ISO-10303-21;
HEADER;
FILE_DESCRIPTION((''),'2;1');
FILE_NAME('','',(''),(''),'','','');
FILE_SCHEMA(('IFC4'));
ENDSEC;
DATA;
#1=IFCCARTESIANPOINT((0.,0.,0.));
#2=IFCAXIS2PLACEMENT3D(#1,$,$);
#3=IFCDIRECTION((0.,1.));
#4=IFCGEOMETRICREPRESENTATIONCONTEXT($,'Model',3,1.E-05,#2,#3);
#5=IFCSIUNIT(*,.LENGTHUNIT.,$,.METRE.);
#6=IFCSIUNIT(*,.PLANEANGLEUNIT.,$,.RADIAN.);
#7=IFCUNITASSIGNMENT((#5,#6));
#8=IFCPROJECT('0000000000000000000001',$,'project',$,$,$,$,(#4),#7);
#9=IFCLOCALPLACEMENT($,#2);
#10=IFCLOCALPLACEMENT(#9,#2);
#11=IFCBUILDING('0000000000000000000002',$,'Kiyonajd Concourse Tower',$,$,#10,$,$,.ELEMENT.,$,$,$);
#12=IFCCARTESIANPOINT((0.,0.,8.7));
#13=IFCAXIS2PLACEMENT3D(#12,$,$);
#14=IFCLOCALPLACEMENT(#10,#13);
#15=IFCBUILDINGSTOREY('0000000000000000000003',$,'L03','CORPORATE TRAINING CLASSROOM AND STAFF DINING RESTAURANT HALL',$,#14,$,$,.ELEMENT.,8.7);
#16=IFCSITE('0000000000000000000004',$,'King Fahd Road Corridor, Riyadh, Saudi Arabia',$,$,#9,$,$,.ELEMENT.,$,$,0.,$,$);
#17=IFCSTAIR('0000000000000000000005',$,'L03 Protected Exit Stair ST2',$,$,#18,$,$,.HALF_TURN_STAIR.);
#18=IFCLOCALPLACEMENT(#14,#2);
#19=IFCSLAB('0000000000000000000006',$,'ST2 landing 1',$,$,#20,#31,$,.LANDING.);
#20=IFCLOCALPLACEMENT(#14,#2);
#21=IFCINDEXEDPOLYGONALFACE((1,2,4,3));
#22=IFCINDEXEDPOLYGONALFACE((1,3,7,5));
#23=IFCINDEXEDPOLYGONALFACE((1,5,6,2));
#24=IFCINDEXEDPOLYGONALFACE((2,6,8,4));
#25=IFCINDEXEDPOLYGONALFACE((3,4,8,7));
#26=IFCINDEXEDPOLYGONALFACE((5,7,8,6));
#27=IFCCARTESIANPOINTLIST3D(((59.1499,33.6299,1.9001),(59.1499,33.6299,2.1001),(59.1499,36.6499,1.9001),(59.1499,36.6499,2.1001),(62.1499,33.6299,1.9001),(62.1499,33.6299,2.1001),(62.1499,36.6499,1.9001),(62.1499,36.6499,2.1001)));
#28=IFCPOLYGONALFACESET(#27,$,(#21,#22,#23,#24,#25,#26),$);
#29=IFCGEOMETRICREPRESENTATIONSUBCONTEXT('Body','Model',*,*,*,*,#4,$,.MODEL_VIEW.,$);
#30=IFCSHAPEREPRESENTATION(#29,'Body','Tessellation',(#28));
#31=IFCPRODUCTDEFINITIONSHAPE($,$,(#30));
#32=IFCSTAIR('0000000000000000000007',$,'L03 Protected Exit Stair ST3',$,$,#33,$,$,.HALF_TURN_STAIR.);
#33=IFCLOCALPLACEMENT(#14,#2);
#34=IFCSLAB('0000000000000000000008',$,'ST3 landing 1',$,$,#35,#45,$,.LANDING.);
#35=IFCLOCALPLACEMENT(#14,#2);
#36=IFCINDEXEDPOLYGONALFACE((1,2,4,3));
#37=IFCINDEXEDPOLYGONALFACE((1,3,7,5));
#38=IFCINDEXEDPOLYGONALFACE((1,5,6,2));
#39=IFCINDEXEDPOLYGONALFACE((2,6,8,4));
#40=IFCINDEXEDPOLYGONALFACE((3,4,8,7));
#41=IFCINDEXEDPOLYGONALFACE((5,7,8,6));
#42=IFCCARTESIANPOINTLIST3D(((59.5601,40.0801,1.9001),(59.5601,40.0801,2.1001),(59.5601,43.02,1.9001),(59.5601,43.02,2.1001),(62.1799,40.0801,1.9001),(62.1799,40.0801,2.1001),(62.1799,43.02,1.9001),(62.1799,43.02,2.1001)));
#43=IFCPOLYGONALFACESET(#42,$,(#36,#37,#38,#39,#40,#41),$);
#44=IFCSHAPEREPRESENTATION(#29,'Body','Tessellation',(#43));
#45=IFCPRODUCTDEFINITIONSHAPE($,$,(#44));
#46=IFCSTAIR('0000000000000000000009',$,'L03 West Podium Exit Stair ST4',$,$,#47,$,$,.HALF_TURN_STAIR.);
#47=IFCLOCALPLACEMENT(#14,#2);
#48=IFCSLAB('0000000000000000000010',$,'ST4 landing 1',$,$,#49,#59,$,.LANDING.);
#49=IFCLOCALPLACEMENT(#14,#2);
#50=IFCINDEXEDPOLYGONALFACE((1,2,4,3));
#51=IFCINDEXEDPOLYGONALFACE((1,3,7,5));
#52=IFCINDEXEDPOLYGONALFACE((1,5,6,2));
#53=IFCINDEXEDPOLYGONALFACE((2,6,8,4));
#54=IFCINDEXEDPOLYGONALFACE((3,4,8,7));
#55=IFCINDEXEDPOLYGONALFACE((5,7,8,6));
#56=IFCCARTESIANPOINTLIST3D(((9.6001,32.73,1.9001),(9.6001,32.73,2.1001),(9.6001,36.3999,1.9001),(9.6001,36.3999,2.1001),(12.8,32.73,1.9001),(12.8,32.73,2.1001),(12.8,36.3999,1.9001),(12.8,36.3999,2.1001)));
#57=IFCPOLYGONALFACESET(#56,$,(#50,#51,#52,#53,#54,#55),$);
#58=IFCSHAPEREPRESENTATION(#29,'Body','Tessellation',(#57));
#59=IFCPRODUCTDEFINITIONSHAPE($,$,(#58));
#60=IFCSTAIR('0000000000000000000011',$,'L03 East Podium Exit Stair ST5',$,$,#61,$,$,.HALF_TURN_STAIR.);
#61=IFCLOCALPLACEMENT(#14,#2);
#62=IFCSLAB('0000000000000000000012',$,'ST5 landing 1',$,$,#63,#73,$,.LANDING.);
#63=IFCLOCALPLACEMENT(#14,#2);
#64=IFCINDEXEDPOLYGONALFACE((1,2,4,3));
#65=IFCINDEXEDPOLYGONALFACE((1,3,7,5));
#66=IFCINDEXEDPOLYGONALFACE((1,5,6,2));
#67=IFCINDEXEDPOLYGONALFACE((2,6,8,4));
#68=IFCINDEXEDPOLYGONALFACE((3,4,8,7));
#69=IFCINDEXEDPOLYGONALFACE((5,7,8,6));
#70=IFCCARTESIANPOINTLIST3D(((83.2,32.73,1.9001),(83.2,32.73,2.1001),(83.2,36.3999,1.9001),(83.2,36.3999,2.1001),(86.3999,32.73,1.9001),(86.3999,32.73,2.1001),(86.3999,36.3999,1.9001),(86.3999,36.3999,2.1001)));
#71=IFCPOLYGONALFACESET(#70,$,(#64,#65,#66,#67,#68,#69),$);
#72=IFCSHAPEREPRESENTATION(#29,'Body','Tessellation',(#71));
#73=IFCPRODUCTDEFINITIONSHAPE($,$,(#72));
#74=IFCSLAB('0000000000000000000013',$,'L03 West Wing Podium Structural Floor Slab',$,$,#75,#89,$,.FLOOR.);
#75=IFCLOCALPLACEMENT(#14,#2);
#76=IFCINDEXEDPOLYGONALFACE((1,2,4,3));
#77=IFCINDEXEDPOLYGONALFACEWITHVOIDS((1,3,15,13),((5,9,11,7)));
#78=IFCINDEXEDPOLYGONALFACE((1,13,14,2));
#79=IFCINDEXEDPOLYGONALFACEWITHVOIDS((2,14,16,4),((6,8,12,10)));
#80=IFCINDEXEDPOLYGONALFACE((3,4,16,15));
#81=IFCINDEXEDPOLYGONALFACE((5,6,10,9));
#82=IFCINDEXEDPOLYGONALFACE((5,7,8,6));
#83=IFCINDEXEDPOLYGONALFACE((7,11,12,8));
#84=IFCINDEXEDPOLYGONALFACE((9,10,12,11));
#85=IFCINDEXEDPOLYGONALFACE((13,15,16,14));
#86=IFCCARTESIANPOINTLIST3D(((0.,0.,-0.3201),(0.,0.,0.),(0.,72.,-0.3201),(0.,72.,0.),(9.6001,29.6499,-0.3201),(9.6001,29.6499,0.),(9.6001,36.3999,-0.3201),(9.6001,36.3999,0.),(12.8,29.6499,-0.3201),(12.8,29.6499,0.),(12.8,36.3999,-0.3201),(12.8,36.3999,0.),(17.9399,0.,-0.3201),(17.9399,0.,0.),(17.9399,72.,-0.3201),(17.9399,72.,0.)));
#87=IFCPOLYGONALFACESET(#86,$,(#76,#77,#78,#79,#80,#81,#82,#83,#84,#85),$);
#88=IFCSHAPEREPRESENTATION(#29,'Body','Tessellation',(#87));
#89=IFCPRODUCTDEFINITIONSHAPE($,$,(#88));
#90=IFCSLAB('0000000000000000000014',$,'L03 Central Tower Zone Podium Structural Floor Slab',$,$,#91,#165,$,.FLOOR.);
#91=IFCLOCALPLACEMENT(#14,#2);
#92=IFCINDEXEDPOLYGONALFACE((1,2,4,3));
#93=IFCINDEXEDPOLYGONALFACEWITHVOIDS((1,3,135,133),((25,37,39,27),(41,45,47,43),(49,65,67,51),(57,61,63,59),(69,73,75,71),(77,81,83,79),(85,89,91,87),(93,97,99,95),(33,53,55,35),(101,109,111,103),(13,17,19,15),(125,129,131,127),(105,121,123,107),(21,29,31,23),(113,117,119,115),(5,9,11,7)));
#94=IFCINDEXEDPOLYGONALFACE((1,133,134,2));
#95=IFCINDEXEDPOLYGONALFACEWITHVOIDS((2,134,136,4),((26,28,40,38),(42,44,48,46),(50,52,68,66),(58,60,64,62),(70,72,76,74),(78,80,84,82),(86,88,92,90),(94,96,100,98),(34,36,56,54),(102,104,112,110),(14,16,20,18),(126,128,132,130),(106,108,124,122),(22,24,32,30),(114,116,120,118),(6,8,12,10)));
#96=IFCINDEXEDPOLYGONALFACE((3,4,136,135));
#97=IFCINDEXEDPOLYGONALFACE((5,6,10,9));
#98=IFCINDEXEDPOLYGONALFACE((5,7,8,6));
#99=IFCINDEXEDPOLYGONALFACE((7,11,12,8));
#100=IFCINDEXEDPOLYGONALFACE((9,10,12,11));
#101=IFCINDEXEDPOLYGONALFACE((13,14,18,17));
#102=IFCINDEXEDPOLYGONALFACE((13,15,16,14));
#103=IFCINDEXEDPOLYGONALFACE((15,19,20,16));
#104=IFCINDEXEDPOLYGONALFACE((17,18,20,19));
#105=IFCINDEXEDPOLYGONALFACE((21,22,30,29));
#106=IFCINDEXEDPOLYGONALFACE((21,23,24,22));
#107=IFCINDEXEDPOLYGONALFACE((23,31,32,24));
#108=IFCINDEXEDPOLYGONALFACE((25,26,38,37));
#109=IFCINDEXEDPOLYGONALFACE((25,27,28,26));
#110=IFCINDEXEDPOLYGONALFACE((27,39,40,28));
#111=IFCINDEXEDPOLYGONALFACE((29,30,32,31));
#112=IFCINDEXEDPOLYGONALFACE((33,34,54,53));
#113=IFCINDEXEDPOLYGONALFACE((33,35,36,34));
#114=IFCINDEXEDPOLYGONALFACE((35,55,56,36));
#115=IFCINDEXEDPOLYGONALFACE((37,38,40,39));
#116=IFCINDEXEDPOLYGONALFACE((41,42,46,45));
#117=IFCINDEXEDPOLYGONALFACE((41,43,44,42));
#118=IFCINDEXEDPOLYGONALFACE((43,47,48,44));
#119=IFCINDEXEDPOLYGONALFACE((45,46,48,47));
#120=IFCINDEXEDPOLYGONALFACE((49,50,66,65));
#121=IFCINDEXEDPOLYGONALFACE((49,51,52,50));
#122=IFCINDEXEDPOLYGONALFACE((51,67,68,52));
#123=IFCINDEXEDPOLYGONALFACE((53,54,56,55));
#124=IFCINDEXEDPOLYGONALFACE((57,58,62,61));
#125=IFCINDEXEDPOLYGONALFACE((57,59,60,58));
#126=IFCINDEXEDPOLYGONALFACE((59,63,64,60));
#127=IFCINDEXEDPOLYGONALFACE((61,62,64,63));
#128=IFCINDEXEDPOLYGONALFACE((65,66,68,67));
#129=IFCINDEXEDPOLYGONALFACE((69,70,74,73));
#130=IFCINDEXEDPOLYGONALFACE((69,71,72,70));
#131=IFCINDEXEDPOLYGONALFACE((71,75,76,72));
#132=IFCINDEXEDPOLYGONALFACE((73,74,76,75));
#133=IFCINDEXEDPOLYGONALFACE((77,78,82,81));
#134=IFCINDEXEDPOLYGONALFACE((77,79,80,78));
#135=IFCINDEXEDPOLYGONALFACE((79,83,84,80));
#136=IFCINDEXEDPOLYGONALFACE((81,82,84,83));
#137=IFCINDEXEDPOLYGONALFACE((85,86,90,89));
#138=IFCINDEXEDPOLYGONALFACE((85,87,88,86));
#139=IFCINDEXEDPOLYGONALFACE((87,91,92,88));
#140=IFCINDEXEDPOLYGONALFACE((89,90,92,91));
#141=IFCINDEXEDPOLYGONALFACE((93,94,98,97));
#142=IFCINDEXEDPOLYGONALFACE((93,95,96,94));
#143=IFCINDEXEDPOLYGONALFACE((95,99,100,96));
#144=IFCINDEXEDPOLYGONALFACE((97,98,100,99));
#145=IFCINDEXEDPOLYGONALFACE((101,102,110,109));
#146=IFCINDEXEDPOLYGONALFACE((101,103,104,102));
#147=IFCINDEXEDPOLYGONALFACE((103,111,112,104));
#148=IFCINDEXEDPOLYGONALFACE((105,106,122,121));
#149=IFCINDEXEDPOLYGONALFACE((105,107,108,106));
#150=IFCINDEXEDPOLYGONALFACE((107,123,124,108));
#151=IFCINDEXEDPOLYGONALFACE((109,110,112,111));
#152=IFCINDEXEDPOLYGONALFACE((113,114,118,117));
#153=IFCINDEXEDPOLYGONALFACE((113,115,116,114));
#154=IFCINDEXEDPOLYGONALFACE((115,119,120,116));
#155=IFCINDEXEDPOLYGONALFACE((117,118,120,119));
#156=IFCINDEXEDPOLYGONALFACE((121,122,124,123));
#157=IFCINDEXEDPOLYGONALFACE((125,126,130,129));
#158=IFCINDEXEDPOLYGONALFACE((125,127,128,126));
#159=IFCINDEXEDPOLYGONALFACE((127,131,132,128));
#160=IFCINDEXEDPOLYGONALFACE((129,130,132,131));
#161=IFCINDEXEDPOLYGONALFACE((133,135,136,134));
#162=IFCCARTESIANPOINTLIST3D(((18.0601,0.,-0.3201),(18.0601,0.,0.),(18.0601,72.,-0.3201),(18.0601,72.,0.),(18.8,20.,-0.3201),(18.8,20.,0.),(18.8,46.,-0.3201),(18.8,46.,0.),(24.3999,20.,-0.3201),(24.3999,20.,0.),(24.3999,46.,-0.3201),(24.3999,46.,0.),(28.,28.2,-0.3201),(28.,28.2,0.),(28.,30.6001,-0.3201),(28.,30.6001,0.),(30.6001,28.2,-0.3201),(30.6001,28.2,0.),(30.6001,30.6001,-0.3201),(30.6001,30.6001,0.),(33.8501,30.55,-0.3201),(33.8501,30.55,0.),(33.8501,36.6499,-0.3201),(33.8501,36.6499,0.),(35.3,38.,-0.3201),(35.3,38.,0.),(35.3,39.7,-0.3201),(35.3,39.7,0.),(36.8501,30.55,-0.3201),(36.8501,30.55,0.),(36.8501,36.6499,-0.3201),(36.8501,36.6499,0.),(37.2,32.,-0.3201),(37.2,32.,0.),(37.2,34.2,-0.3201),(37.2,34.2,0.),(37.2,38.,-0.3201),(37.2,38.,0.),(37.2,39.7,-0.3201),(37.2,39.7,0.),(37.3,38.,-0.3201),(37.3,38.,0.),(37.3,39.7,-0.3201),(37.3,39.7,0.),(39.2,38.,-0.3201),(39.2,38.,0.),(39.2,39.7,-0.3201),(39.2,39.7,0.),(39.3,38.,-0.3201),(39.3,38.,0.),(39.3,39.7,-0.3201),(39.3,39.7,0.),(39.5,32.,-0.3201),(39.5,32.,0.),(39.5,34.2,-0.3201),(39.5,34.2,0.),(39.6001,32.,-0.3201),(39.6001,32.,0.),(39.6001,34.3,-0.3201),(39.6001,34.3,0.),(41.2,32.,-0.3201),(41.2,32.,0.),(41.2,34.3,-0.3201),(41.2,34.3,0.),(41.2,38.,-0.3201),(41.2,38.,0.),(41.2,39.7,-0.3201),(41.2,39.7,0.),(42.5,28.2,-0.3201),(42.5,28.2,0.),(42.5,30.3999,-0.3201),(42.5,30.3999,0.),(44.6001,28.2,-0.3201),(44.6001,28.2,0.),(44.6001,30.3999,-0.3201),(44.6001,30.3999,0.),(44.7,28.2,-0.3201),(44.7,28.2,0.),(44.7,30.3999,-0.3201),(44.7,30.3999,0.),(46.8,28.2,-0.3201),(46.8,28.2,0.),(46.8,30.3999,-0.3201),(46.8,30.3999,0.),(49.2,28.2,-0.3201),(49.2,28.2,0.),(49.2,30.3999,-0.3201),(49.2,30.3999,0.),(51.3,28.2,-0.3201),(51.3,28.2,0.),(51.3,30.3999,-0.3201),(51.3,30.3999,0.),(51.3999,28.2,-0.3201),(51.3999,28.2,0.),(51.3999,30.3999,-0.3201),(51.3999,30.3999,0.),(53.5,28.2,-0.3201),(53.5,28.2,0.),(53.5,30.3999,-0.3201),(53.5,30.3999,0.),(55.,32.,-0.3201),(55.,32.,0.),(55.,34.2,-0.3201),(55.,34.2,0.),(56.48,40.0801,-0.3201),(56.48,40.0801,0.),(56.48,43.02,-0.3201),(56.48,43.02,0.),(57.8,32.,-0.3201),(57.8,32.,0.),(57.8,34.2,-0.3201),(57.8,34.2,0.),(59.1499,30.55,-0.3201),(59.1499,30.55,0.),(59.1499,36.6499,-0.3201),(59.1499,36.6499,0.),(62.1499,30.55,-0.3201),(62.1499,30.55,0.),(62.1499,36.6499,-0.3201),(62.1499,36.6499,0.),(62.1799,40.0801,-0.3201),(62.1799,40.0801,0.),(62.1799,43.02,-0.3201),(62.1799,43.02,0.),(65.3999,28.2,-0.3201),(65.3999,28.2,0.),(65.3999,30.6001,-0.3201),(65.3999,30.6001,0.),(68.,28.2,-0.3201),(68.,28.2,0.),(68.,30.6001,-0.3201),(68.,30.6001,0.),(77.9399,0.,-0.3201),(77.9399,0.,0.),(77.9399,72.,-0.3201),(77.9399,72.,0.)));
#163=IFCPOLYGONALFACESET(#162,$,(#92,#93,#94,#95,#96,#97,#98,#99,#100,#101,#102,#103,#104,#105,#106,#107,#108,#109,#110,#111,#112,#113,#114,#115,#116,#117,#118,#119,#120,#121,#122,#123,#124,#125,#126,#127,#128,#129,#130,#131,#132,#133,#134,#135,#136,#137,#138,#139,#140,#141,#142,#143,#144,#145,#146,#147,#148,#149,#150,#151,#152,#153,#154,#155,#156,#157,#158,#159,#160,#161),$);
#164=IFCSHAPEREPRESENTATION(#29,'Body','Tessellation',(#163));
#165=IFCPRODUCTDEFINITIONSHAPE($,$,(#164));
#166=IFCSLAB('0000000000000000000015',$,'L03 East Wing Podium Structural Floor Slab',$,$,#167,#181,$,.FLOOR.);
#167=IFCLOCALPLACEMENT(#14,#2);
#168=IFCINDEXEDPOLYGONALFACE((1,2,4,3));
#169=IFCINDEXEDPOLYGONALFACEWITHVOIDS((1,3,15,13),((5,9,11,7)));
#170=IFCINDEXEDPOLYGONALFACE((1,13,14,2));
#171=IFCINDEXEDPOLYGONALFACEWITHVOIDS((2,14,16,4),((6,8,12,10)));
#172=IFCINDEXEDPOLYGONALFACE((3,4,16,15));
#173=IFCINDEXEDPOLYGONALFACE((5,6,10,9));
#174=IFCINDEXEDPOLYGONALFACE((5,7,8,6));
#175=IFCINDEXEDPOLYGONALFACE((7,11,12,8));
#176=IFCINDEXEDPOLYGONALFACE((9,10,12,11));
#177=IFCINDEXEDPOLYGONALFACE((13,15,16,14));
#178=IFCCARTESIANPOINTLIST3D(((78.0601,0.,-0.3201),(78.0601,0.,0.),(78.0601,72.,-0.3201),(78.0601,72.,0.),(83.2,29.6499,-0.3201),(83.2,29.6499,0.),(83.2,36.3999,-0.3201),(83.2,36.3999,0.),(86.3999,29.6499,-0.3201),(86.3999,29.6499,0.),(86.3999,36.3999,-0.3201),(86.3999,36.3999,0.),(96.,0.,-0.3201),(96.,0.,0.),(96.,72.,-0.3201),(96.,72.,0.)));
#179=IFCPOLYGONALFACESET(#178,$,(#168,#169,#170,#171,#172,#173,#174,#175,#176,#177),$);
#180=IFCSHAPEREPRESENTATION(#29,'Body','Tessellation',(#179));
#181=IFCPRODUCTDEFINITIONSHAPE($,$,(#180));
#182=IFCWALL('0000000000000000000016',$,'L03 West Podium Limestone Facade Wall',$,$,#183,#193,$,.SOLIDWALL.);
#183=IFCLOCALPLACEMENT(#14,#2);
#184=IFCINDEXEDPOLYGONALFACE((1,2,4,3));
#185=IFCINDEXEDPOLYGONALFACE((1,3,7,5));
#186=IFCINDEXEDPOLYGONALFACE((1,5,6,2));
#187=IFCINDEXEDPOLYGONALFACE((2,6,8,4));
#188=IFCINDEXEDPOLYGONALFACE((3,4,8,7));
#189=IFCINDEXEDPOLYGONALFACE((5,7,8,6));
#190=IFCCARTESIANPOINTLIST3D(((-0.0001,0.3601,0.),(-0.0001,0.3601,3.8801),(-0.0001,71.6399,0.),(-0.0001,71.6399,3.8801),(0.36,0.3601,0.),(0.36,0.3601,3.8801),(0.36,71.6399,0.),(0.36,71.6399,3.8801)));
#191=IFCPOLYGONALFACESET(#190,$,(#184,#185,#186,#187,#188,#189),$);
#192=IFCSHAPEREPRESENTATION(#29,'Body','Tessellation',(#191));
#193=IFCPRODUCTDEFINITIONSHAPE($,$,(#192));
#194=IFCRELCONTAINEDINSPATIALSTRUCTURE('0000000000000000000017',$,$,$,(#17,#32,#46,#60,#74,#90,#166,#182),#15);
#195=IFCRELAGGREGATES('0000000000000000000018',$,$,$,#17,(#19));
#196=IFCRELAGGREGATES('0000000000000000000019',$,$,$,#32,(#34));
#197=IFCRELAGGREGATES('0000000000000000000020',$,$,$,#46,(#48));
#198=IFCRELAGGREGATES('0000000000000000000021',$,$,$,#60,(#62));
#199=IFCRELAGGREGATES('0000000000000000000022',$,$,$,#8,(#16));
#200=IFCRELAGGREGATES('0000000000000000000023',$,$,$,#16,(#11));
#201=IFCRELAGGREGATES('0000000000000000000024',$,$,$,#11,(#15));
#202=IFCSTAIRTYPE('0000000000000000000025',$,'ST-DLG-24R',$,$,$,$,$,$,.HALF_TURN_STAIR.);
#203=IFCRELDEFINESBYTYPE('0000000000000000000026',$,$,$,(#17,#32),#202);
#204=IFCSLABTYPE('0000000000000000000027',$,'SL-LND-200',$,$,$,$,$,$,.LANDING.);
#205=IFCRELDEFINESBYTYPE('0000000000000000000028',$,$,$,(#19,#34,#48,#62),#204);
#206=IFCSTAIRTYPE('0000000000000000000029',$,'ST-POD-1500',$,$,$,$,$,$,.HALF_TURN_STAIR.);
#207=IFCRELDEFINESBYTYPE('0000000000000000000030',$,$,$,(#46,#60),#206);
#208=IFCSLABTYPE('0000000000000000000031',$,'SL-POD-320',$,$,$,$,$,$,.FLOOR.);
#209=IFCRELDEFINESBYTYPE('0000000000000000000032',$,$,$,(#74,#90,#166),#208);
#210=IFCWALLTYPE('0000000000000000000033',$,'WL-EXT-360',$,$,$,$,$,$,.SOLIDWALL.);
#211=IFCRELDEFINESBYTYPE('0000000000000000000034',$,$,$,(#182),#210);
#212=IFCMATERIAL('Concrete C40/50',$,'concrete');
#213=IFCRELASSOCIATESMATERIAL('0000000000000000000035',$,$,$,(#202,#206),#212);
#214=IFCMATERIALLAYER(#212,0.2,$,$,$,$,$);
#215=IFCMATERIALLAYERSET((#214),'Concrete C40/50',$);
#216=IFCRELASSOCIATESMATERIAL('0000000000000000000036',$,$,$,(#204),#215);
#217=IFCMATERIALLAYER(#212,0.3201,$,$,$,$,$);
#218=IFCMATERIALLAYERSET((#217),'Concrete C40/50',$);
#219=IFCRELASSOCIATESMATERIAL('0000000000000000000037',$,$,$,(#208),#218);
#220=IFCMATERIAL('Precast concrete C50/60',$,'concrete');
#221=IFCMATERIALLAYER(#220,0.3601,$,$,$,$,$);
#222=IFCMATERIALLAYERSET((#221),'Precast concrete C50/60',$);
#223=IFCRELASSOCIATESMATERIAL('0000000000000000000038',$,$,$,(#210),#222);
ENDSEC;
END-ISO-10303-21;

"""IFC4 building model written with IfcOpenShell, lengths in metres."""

from ifc_helpers import new_model, si_unit, direction, frame, frame_2d, origin, place, context, subcontext, project, spatial, polyline, rectangle, outline, extrude, material, layer, layer_set, type_object, element, aggregate, save


model = new_model("IFC4")

# Units and contexts
model_context = context("Model", 3, precision=1e-05, world=origin(), true_north=direction((0.0, 1.0)))
body_context = subcontext(model_context, "Body", "Model", "MODEL_VIEW")
ifc_project = project(units=[si_unit("LENGTHUNIT", "METRE"), si_unit("PLANEANGLEUNIT", "RADIAN")], contexts=[model_context])

# Site, building, storey
site_placement = place(None, origin())
site = spatial("IfcSite", under=ifc_project, at=site_placement, Name="King Fahd Road Corridor, Riyadh, Saudi Arabia", CompositionType="ELEMENT", RefElevation=0.0)
building_placement = place(site_placement, origin())
building = spatial("IfcBuilding", under=site, at=building_placement, Name="Kiyonajd Concourse Tower", CompositionType="ELEMENT")
storey_placement = place(building_placement, frame((0.0, 0.0, 8.7)))
storey = spatial("IfcBuildingStorey", under=building, at=storey_placement, Name="L03", Description="CORPORATE TRAINING CLASSROOM AND STAFF DINING RESTAURANT HALL", CompositionType="ELEMENT", Elevation=8.7)

# Stairs, slabs
ifc_material_1 = material(Name="Concrete C40/50", Category="concrete")
stair_type_1 = type_object("IfcStairType", Name="ST-DLG-24R", PredefinedType="HALF_TURN_STAIR", material=ifc_material_1)
ifc_layer_1 = layer(ifc_material_1, 0.2)
ifc_layer_set_1 = layer_set([ifc_layer_1], Name="Concrete C40/50")
slab_type_1 = type_object("IfcSlabType", Name="SL-LND-200", PredefinedType="LANDING", material=ifc_layer_set_1)
stair_1_placement = place(storey_placement, origin())
stair_1 = element("IfcStair", 1, at=stair_1_placement, inside=storey, type_object=stair_type_1, Name="L03 Protected Exit Stair ST2", PredefinedType="HALF_TURN_STAIR")
slab_1_placement = place(storey_placement, frame((0.0, 0.0, 1.9001)))
slab_1 = element("IfcSlab", 2, at=slab_1_placement, type_object=slab_type_1, Name="ST2 landing 1", PredefinedType="LANDING", context=body_context, shape_type="SweptSolid", body=[
    extrude(outline(polyline([(62.1499, 33.6299), (62.1499, 36.6499), (59.1499, 36.6499), (59.1499, 33.6299), (62.1499, 33.6299)])), origin(), (0.0, 0.0, 1.0), 0.2),
])
aggregate(stair_1, [slab_1])
stair_2_placement = place(storey_placement, origin())
stair_2 = element("IfcStair", 3, at=stair_2_placement, inside=storey, type_object=stair_type_1, Name="L03 Protected Exit Stair ST3", PredefinedType="HALF_TURN_STAIR")
slab_2_placement = place(storey_placement, frame((0.0, 0.0, 1.9001)))
slab_2 = element("IfcSlab", 4, at=slab_2_placement, type_object=slab_type_1, Name="ST3 landing 1", PredefinedType="LANDING", context=body_context, shape_type="SweptSolid", body=[
    extrude(outline(polyline([(59.5601, 40.0801), (62.1799, 40.0801), (62.1799, 43.02), (59.5601, 43.02), (59.5601, 40.0801)])), origin(), (0.0, 0.0, 1.0), 0.2),
])
aggregate(stair_2, [slab_2])
stair_type_2 = type_object("IfcStairType", Name="ST-POD-1500", PredefinedType="HALF_TURN_STAIR", material=ifc_material_1)
stair_3_placement = place(storey_placement, origin())
stair_3 = element("IfcStair", 5, at=stair_3_placement, inside=storey, type_object=stair_type_2, Name="L03 West Podium Exit Stair ST4", PredefinedType="HALF_TURN_STAIR")
slab_3_placement = place(storey_placement, frame((0.0, 0.0, 1.9001)))
slab_3 = element("IfcSlab", 6, at=slab_3_placement, type_object=slab_type_1, Name="ST4 landing 1", PredefinedType="LANDING", context=body_context, shape_type="SweptSolid", body=[
    extrude(outline(polyline([(12.8, 32.73), (12.8, 36.3999), (9.6001, 36.3999), (9.6001, 32.73), (12.8, 32.73)])), origin(), (0.0, 0.0, 1.0), 0.2),
])
aggregate(stair_3, [slab_3])
stair_4_placement = place(storey_placement, origin())
stair_4 = element("IfcStair", 7, at=stair_4_placement, inside=storey, type_object=stair_type_2, Name="L03 East Podium Exit Stair ST5", PredefinedType="HALF_TURN_STAIR")
slab_4_placement = place(storey_placement, frame((0.0, 0.0, 1.9001)))
slab_4 = element("IfcSlab", 8, at=slab_4_placement, type_object=slab_type_1, Name="ST5 landing 1", PredefinedType="LANDING", context=body_context, shape_type="SweptSolid", body=[
    extrude(outline(polyline([(86.3999, 32.73), (86.3999, 36.3999), (83.2, 36.3999), (83.2, 32.73), (86.3999, 32.73)])), origin(), (0.0, 0.0, 1.0), 0.2),
])
aggregate(stair_4, [slab_4])

# Slabs
ifc_layer_2 = layer(ifc_material_1, 0.3201)
ifc_layer_set_2 = layer_set([ifc_layer_2], Name="Concrete C40/50")
slab_type_2 = type_object("IfcSlabType", Name="SL-POD-320", PredefinedType="FLOOR", material=ifc_layer_set_2)
slab_5_placement = place(storey_placement, frame((0.0, 0.0, -0.3201)))
element("IfcSlab", 9, at=slab_5_placement, inside=storey, type_object=slab_type_2, Name="L03 West Wing Podium Structural Floor Slab", PredefinedType="FLOOR", context=body_context, shape_type="SweptSolid", body=[
    extrude(outline(polyline([(0.0, 0.0), (17.9399, 0.0), (17.9399, 72.0), (0.0, 72.0), (0.0, 0.0)]), holes=[polyline([(9.6001, 29.6499), (9.6001, 36.3999), (12.8, 36.3999), (12.8, 29.6499), (9.6001, 29.6499)])]), origin(), (0.0, 0.0, 1.0), 0.3201),
])
slab_6_placement = place(storey_placement, frame((0.0, 0.0, -0.3201)))
element("IfcSlab", 10, at=slab_6_placement, inside=storey, type_object=slab_type_2, Name="L03 Central Tower Zone Podium Structural Floor Slab", PredefinedType="FLOOR", context=body_context, shape_type="SweptSolid", body=[
    extrude(outline(polyline([(18.0601, 0.0), (77.9399, 0.0), (77.9399, 72.0), (18.0601, 72.0), (18.0601, 0.0)]), holes=[polyline([(28.0, 28.2), (28.0, 30.6001), (30.6001, 30.6001), (30.6001, 28.2), (28.0, 28.2)]), polyline([(18.8, 20.0), (18.8, 46.0), (24.3999, 46.0), (24.3999, 20.0), (18.8, 20.0)]), polyline([(37.2, 32.0), (37.2, 34.2), (39.5, 34.2), (39.5, 32.0), (37.2, 32.0)]), polyline([(39.6001, 32.0), (39.6001, 34.3), (41.2, 34.3), (41.2, 32.0), (39.6001, 32.0)]), polyline([(33.8501, 30.55), (33.8501, 36.6499), (36.8501, 36.6499), (36.8501, 30.55), (33.8501, 30.55)]), polyline([(35.3, 38.0), (35.3, 39.7), (37.2, 39.7), (37.2, 38.0), (35.3, 38.0)]), polyline([(37.3, 39.7), (39.2, 39.7), (39.2, 38.0), (37.3, 38.0), (37.3, 39.7)]), polyline([(39.3, 39.7), (41.2, 39.7), (41.2, 38.0), (39.3, 38.0), (39.3, 39.7)]), polyline([(42.5, 28.2), (42.5, 30.3999), (44.6001, 30.3999), (44.6001, 28.2), (42.5, 28.2)]), polyline([(44.7, 28.2), (44.7, 30.3999), (46.8, 30.3999), (46.8, 28.2), (44.7, 28.2)]), polyline([(49.2, 28.2), (49.2, 30.3999), (51.3, 30.3999), (51.3, 28.2), (49.2, 28.2)]), polyline([(51.3999, 28.2), (51.3999, 30.3999), (53.5, 30.3999), (53.5, 28.2), (51.3999, 28.2)]), polyline([(65.3999, 28.2), (65.3999, 30.6001), (68.0, 30.6001), (68.0, 28.2), (65.3999, 28.2)]), polyline([(55.0, 32.0), (55.0, 34.2), (57.8, 34.2), (57.8, 32.0), (55.0, 32.0)]), polyline([(59.1499, 36.6499), (62.1499, 36.6499), (62.1499, 30.55), (59.1499, 30.55), (59.1499, 36.6499)]), polyline([(62.1799, 43.02), (62.1799, 40.0801), (56.48, 40.0801), (56.48, 43.02), (62.1799, 43.02)])]), origin(), (0.0, 0.0, 1.0), 0.3201),
])
slab_7_placement = place(storey_placement, frame((0.0, 0.0, -0.3201)))
element("IfcSlab", 11, at=slab_7_placement, inside=storey, type_object=slab_type_2, Name="L03 East Wing Podium Structural Floor Slab", PredefinedType="FLOOR", context=body_context, shape_type="SweptSolid", body=[
    extrude(outline(polyline([(78.0601, 0.0), (96.0, 0.0), (96.0, 72.0), (78.0601, 72.0), (78.0601, 0.0)]), holes=[polyline([(83.2, 29.6499), (83.2, 36.3999), (86.3999, 36.3999), (86.3999, 29.6499), (83.2, 29.6499)])]), origin(), (0.0, 0.0, 1.0), 0.3201),
])

# Wall
ifc_material_2 = material(Name="Precast concrete C50/60", Category="concrete")
ifc_layer_3 = layer(ifc_material_2, 0.3601)
ifc_layer_set_3 = layer_set([ifc_layer_3], Name="Precast concrete C50/60")
wall_type_1 = type_object("IfcWallType", Name="WL-EXT-360", PredefinedType="SOLIDWALL", material=ifc_layer_set_3)
wall_1_placement = place(storey_placement, frame((0.1799, 0.3601, 0.0), z_axis=(0.0, 0.0, 1.0), x_axis=(0.0, 1.0, 0.0)))
element("IfcWall", 12, at=wall_1_placement, inside=storey, type_object=wall_type_1, Name="L03 West Podium Limestone Facade Wall", PredefinedType="SOLIDWALL", context=body_context, shape_type="SweptSolid", body=[
    extrude(rectangle(XDim=71.2798, YDim=0.3601, at=frame_2d((35.6399, 0.0))), origin(), (0.0, 0.0, 1.0), 3.8801),
])

save(model, "model.ifc")
